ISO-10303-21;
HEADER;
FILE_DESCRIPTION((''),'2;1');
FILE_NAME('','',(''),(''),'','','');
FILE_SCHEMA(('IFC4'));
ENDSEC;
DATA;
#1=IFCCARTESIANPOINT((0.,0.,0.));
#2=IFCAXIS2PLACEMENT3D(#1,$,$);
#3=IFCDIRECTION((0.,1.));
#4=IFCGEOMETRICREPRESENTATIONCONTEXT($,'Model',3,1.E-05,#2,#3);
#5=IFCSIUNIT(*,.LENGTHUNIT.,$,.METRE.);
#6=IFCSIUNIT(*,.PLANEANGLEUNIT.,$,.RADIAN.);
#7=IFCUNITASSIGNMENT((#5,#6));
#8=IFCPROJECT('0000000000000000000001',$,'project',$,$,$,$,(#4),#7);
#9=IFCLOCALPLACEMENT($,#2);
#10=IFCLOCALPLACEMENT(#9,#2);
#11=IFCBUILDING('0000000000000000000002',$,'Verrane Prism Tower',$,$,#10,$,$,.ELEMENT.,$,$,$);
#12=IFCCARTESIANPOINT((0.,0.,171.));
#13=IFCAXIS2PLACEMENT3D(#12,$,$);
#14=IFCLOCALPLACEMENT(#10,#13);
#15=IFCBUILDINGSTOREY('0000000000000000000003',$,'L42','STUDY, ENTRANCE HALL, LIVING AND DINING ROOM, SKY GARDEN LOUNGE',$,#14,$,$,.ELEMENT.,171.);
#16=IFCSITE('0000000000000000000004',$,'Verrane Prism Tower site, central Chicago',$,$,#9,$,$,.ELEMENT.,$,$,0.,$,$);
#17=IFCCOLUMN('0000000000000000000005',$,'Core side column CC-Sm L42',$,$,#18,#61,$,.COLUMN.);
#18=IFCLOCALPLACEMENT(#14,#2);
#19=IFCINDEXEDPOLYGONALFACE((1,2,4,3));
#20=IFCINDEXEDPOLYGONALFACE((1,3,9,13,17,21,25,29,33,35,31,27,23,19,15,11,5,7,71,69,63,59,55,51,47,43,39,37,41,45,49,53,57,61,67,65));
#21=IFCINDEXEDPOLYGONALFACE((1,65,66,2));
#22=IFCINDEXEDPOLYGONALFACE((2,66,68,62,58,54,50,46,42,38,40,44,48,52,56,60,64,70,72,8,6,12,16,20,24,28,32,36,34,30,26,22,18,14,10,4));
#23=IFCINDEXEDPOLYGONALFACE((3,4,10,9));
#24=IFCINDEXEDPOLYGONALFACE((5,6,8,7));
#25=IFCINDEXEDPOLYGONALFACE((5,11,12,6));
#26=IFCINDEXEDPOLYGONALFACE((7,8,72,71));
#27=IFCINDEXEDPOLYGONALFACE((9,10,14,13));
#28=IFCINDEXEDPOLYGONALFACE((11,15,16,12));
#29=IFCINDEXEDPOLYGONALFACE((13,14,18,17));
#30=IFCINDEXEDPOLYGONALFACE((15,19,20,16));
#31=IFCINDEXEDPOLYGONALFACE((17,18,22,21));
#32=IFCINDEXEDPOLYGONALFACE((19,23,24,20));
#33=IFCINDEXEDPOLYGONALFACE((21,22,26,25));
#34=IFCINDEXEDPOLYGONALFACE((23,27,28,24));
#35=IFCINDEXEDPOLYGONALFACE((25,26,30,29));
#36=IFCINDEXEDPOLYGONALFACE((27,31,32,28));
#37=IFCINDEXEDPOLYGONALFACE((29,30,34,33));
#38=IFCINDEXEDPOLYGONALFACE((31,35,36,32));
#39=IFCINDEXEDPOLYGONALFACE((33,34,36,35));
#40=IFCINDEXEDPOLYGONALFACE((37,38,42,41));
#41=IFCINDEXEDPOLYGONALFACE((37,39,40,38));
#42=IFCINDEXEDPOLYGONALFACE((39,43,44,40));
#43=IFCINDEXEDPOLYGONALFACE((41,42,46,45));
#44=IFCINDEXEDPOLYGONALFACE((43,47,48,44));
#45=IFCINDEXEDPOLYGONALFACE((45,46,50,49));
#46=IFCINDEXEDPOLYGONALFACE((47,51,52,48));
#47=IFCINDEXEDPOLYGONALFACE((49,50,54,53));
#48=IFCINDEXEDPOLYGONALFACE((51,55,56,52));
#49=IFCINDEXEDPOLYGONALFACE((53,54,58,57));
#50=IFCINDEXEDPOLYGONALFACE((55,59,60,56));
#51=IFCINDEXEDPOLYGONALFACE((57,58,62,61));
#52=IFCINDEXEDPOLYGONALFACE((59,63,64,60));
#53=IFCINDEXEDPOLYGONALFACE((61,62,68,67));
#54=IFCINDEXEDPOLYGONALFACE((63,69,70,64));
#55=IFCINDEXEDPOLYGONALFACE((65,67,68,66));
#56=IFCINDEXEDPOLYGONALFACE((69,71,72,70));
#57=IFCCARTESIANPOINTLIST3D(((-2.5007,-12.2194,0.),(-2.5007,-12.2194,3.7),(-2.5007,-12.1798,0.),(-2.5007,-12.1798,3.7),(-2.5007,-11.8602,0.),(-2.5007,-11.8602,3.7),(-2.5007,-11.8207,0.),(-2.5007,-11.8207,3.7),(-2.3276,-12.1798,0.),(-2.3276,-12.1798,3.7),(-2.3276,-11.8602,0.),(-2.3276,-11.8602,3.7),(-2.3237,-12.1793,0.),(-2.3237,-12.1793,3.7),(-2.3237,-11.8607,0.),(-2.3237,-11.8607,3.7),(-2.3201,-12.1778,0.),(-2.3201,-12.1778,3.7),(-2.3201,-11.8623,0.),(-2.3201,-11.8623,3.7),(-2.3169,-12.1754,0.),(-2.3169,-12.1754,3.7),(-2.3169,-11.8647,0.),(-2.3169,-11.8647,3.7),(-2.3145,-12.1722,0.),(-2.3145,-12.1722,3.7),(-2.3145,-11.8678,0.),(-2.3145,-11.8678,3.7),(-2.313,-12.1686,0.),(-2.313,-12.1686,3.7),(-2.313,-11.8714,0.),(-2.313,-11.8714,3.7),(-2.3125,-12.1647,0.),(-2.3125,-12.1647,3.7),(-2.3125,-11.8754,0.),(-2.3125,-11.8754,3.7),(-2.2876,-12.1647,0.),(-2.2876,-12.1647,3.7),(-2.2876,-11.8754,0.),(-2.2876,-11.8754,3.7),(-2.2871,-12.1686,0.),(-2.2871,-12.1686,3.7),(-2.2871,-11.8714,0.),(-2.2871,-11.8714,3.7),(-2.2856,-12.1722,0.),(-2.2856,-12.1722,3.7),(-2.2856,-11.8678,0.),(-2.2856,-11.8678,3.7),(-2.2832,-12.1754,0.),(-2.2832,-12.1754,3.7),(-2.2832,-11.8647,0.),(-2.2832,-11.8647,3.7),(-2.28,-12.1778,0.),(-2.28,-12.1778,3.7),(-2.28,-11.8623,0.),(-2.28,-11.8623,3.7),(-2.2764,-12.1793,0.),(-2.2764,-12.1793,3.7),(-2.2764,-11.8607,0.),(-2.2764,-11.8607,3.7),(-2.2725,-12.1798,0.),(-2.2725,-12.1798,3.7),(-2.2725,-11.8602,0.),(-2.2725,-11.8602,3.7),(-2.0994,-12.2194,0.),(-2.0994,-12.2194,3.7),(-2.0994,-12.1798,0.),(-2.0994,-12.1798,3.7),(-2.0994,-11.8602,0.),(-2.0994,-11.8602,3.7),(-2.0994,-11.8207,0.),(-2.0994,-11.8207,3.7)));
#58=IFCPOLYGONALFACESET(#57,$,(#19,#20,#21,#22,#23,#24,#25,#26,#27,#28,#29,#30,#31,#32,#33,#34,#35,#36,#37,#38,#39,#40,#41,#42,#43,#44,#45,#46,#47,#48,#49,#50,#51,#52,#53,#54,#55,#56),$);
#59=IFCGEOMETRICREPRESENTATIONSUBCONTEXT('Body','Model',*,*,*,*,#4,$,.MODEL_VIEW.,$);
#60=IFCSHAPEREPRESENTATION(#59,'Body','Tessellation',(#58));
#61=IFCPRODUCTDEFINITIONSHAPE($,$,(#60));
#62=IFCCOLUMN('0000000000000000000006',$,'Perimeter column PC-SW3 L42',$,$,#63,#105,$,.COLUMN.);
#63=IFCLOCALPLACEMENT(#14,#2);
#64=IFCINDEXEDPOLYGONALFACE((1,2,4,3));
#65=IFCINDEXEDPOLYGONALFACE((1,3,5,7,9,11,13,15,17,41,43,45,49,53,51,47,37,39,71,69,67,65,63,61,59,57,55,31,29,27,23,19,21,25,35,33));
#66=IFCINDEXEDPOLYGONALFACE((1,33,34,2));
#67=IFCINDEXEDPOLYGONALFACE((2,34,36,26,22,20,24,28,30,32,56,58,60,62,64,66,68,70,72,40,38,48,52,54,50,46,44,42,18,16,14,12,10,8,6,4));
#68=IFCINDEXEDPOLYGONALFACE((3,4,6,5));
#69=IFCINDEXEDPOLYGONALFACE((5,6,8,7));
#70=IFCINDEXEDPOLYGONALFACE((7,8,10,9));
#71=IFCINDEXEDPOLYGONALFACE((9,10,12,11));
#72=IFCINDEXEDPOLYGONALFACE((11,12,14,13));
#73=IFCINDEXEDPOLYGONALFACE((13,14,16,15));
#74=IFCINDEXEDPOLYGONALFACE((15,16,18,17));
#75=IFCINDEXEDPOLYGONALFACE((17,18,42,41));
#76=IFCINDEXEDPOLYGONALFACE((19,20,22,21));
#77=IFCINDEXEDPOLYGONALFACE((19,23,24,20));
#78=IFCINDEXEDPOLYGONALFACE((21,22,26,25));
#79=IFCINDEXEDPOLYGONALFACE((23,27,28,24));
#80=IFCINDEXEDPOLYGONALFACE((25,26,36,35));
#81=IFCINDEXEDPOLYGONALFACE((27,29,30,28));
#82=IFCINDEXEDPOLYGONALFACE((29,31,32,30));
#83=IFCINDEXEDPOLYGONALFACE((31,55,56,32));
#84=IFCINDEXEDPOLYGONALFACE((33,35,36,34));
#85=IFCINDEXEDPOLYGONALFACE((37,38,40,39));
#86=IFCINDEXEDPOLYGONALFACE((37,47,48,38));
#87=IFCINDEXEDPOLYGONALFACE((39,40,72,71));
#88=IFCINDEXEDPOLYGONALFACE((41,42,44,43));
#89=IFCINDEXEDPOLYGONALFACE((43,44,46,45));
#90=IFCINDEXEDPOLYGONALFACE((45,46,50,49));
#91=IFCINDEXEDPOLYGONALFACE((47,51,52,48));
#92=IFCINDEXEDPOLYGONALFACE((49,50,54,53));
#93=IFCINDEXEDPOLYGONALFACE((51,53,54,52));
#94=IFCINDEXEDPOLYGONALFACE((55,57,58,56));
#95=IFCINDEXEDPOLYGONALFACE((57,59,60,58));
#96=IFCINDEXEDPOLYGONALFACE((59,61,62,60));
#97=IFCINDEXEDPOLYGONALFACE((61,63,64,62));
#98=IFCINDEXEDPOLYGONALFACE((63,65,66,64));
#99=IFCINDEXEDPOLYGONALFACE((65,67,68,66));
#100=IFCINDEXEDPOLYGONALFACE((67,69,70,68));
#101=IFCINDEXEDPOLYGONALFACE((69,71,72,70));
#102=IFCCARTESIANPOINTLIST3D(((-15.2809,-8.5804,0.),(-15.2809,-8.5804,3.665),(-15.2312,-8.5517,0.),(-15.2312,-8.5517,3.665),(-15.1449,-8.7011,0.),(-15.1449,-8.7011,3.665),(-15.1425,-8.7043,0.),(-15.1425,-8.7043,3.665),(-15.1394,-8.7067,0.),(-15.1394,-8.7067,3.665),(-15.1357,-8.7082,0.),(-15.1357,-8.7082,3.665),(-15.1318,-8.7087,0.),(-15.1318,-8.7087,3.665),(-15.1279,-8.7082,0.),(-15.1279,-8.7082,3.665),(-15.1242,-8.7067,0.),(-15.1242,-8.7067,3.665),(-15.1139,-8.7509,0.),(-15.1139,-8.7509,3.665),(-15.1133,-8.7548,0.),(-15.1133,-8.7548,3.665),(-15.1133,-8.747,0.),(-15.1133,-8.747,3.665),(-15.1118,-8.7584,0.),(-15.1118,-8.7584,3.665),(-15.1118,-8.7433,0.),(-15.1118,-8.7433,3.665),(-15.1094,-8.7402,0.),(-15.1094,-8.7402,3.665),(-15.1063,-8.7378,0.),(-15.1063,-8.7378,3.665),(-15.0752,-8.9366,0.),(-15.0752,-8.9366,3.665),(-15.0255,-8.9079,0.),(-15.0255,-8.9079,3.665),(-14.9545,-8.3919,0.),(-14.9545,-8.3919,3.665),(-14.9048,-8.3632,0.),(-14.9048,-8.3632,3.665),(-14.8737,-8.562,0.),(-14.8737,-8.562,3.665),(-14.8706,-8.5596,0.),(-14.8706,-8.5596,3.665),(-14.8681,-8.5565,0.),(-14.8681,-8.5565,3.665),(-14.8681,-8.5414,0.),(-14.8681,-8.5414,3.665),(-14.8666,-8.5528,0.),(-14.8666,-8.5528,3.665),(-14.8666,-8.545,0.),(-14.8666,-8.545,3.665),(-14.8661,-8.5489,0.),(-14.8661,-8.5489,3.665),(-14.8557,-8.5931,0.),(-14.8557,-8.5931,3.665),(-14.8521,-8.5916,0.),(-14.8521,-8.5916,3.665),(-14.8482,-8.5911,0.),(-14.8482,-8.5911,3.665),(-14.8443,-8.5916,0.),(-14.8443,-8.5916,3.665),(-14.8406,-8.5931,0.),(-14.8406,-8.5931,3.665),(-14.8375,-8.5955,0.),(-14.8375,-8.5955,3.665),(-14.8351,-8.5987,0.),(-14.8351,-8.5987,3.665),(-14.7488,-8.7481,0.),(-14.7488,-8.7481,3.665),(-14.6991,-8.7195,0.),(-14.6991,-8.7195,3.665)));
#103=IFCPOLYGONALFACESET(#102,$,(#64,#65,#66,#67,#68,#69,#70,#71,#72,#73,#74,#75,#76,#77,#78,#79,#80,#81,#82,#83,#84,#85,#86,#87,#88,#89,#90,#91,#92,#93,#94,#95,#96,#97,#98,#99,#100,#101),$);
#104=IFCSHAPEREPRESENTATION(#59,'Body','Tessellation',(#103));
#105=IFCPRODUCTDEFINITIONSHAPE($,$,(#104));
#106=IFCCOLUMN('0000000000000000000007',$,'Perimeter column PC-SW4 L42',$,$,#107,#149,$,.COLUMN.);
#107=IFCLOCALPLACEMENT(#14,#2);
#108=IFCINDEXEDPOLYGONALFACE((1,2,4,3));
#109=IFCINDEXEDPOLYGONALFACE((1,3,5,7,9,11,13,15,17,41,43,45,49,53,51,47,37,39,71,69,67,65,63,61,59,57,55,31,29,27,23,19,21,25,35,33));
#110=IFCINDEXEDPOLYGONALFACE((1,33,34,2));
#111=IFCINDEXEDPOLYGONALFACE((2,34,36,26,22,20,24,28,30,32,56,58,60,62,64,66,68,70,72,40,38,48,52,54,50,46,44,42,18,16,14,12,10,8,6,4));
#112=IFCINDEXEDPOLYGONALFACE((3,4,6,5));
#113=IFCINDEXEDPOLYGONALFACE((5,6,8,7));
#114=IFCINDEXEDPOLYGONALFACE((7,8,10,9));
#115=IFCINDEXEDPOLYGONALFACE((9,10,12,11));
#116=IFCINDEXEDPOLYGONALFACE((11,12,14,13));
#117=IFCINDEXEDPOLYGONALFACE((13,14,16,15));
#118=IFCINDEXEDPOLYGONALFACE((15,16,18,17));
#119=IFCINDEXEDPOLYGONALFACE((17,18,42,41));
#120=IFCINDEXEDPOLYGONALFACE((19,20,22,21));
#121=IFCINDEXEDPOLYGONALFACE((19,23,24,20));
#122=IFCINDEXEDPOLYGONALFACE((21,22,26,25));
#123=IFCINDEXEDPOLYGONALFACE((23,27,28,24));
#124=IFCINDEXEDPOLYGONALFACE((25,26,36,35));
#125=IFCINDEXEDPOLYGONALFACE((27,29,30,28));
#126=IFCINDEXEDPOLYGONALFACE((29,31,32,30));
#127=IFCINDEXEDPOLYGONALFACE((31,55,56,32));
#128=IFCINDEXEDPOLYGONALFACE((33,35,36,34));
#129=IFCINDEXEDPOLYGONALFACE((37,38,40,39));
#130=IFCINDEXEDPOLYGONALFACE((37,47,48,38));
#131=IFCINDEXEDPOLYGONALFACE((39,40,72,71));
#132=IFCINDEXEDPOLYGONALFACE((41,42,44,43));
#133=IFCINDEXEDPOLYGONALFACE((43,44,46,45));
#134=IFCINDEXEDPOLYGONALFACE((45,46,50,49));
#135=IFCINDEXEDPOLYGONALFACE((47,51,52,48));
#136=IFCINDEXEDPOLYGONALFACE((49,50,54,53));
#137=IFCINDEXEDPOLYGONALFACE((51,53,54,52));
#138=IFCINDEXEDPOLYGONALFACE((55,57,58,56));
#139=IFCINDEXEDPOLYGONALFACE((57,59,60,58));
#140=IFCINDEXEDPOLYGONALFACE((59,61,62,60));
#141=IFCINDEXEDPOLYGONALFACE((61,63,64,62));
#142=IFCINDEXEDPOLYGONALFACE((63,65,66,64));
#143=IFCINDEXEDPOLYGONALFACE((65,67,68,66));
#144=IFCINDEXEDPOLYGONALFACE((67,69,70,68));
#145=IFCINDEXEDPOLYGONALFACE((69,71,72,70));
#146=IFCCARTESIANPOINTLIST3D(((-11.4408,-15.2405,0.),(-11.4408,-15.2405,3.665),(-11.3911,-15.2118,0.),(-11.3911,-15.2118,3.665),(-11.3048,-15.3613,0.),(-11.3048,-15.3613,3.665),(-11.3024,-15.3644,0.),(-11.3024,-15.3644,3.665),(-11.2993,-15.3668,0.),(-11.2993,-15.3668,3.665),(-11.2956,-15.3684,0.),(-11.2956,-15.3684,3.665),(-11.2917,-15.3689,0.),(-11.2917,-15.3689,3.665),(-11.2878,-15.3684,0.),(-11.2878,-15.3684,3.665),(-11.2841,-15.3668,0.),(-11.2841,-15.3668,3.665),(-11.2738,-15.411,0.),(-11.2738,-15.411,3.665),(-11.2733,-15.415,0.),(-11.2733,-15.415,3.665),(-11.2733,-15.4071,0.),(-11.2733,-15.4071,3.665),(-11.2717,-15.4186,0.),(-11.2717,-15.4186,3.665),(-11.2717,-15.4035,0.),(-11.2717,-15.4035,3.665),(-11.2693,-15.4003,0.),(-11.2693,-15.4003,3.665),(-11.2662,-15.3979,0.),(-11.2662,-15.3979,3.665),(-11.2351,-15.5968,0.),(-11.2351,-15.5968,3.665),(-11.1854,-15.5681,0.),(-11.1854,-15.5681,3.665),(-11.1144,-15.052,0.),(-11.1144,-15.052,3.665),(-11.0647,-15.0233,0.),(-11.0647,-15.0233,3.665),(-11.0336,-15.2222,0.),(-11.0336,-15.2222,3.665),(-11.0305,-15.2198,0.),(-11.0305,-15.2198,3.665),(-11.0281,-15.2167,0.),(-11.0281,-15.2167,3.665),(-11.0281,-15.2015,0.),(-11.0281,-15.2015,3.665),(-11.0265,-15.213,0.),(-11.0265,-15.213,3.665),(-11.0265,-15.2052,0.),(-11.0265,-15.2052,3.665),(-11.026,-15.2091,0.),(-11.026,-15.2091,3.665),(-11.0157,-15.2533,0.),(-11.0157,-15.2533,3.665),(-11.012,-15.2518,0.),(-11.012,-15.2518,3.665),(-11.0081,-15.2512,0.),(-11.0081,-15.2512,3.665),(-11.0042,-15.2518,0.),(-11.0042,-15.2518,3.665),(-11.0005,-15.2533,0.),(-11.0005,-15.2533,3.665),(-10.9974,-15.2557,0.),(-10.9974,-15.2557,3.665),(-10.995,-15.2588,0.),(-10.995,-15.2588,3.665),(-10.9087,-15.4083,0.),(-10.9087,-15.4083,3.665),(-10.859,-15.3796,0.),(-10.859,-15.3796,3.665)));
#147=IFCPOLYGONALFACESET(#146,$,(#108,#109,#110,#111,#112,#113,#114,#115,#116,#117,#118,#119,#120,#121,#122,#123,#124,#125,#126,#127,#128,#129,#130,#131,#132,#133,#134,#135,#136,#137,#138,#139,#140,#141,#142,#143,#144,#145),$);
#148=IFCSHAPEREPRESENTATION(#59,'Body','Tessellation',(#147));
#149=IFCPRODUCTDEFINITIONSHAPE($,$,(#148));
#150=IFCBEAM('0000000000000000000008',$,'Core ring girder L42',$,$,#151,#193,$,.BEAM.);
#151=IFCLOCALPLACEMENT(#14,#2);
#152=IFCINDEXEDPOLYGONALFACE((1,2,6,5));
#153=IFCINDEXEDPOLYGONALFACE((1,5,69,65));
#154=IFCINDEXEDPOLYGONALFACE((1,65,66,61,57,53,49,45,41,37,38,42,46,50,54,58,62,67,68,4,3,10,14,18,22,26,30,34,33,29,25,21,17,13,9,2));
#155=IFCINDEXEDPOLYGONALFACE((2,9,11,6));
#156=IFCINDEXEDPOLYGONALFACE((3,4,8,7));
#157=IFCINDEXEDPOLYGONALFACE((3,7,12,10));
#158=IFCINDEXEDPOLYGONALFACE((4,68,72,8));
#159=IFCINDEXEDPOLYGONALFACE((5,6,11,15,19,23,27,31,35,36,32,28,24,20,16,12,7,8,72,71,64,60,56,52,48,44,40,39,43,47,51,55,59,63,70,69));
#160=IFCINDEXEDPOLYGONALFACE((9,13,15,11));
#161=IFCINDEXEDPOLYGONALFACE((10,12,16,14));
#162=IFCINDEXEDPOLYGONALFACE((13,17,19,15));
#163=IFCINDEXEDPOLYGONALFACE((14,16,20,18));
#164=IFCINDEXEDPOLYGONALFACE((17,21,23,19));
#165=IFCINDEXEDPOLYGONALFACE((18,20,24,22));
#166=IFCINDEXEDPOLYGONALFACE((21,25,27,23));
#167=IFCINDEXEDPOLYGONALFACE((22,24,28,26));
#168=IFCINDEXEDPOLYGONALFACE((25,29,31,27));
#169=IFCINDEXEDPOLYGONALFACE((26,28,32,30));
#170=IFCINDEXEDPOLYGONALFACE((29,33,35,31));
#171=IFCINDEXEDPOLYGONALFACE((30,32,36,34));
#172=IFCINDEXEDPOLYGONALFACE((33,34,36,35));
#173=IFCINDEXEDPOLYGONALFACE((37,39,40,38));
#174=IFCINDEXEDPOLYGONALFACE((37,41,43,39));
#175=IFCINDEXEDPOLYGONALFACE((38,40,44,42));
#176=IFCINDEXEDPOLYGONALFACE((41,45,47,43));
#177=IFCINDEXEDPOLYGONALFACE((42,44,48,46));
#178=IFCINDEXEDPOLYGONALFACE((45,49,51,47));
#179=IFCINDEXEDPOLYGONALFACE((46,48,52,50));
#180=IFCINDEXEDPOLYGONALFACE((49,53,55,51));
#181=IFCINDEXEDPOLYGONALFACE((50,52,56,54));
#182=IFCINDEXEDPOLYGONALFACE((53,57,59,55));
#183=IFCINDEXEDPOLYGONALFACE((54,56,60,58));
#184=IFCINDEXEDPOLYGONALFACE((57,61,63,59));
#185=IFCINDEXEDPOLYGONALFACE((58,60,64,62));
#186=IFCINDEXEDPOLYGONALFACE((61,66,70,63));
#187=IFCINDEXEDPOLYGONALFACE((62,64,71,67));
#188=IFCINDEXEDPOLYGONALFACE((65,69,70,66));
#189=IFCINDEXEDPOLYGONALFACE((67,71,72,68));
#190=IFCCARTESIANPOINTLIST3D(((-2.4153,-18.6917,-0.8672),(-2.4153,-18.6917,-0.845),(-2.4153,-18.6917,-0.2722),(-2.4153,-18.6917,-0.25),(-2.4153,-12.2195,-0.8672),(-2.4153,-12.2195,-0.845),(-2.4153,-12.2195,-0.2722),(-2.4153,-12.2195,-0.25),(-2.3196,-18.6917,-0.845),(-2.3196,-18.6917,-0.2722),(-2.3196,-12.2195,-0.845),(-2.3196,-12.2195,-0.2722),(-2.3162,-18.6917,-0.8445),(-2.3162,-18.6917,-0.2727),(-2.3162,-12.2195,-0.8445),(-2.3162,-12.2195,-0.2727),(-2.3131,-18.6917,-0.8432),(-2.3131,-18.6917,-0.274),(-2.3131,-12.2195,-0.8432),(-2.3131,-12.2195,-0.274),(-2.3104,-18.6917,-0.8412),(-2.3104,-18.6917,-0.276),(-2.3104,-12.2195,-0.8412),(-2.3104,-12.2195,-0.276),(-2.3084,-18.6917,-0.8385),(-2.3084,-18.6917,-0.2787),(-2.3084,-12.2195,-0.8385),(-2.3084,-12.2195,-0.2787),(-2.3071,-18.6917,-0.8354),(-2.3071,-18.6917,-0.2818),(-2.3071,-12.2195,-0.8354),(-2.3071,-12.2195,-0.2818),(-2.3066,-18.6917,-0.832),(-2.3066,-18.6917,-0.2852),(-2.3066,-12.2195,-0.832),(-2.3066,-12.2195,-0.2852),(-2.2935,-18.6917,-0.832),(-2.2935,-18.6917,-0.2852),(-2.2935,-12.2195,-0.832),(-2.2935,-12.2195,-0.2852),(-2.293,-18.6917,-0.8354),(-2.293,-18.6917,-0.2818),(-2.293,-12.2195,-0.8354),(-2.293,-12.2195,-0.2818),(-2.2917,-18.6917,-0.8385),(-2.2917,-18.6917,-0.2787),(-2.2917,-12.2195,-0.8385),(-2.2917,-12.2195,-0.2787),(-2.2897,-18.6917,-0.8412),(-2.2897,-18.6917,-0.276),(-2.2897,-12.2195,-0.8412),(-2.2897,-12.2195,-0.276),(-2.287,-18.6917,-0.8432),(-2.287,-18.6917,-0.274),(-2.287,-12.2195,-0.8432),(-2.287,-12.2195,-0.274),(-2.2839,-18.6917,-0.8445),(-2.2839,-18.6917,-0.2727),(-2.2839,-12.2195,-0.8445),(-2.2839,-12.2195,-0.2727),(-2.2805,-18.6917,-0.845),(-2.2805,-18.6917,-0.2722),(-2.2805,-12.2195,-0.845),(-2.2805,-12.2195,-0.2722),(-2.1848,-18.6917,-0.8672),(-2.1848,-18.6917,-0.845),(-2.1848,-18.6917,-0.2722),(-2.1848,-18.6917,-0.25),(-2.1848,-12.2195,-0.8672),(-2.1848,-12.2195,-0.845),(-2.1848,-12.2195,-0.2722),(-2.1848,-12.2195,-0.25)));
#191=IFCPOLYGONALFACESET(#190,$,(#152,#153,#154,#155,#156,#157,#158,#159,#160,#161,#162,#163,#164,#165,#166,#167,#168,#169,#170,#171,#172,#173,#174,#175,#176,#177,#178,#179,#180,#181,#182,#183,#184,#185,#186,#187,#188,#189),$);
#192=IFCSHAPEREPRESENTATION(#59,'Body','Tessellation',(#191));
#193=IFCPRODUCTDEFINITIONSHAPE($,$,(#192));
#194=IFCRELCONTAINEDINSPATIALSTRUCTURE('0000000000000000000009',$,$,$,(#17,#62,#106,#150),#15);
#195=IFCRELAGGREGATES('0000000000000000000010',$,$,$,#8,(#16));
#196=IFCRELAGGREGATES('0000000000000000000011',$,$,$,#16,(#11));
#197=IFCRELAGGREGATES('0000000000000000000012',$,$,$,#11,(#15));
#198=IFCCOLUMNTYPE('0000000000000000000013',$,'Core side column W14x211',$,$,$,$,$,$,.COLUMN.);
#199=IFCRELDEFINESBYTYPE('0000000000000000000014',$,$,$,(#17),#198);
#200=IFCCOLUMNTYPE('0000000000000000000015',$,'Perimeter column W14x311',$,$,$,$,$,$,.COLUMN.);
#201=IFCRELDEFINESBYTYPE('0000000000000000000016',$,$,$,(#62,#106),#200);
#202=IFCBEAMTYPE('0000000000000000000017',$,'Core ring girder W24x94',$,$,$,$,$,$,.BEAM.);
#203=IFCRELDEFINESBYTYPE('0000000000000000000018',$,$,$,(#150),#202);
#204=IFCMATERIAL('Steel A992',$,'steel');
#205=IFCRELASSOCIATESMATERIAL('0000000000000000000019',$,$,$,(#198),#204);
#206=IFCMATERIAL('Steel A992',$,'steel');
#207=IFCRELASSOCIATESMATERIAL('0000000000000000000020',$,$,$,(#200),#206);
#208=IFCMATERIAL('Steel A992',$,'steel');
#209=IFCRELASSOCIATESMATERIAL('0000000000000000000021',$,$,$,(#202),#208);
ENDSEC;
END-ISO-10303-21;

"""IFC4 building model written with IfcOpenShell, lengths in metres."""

from ifc_helpers import new_model, si_unit, direction, frame, origin, origin_2d, place, context, subcontext, project, spatial, i_section, extrude, material, material_profile, profile_set, type_object, element, save


model = new_model("IFC4")

# Units and contexts
model_context = context("Model", 3, precision=1e-05, world=origin(), true_north=direction((0.0, 1.0)))
body_context = subcontext(model_context, "Body", "Model", "MODEL_VIEW")
ifc_project = project(units=[si_unit("LENGTHUNIT", "METRE"), si_unit("PLANEANGLEUNIT", "RADIAN")], contexts=[model_context])

# Site, building, storey
site_placement = place(None, origin())
site = spatial("IfcSite", under=ifc_project, at=site_placement, Name="Verrane Prism Tower site, central Chicago", CompositionType="ELEMENT", RefElevation=0.0)
building_placement = place(site_placement, origin())
building = spatial("IfcBuilding", under=site, at=building_placement, Name="Verrane Prism Tower", CompositionType="ELEMENT")
storey_placement = place(building_placement, frame((0.0, 0.0, 171.0)))
storey = spatial("IfcBuildingStorey", under=building, at=storey_placement, Name="L42", Description="STUDY, ENTRANCE HALL, LIVING AND DINING ROOM, SKY GARDEN LOUNGE", CompositionType="ELEMENT", Elevation=171.0)

# Columns
ifc_material_1 = material(Name="Steel A992", Category="steel")
ifc_material_profile_1 = material_profile(ifc_material_1, i_section(OverallWidth=0.4014, OverallDepth=0.3987, WebThickness=0.0249, FlangeThickness=0.0396, FilletRadius=0.0151, at=origin_2d()), Name="W14x211")
ifc_profile_set_1 = profile_set([ifc_material_profile_1], Name="Steel A992")
column_type_1 = type_object("IfcColumnType", Name="Core side column W14x211", PredefinedType="COLUMN", material=ifc_profile_set_1)
column_placement = place(storey_placement, frame((-2.3, -12.02, 0.0), z_axis=(0.0, 0.0, 1.0), x_axis=(1.0, 0.0, 0.0)))
element("IfcColumn", 1, at=column_placement, inside=storey, type_object=column_type_1, Name="Core side column CC-Sm L42", PredefinedType="COLUMN", context=body_context, shape_type="SweptSolid", body=[
    extrude(i_section(OverallWidth=0.4014, OverallDepth=0.3987, WebThickness=0.0249, FlangeThickness=0.0396, FilletRadius=0.0151, at=origin_2d()), origin(), (0.0, 0.0, 1.0), 3.7),
])
ifc_material_2 = material(Name="Steel A992", Category="steel")
ifc_material_profile_2 = material_profile(ifc_material_2, i_section(OverallWidth=0.4114, OverallDepth=0.4343, WebThickness=0.0359, FlangeThickness=0.0574, FilletRadius=0.0151, at=origin_2d()), Name="W14x311")
ifc_profile_set_2 = profile_set([ifc_material_profile_2], Name="Steel A992")
column_type_2 = type_object("IfcColumnType", Name="Perimeter column W14x311", PredefinedType="COLUMN", material=ifc_profile_set_2)
for number, where, z_axis, x_axis, name in (
    (2, (-14.99, -8.6499, 0.0), (0.0, 0.0, 1.0), (-0.5, 0.866025, 0.0), "Perimeter column PC-SW3 L42"),
    (3, (-11.1499, -15.3101, 0.0), (0.0, 0.0, 1.0), (-0.5, 0.866025, 0.0), "Perimeter column PC-SW4 L42"),
):
    element("IfcColumn", number, at=place(storey_placement, frame(where, z_axis=z_axis, x_axis=x_axis)), inside=storey, type_object=column_type_2, Name=name, PredefinedType="COLUMN", context=body_context, shape_type="SweptSolid", body=[
        extrude(i_section(OverallWidth=0.4114, OverallDepth=0.4343, WebThickness=0.0359, FlangeThickness=0.0574, FilletRadius=0.0151, at=origin_2d()), origin(), (0.0, 0.0, 1.0), 3.665),
    ])

# Beam
ifc_material_3 = material(Name="Steel A992", Category="steel")
ifc_material_profile_3 = material_profile(ifc_material_3, i_section(OverallWidth=0.2305, OverallDepth=0.6172, WebThickness=0.0132, FlangeThickness=0.0222, FilletRadius=0.0129, at=origin_2d()), Name="W24x94")
ifc_profile_set_3 = profile_set([ifc_material_profile_3], Name="Steel A992")
beam_type_1 = type_object("IfcBeamType", Name="Core ring girder W24x94", PredefinedType="BEAM", material=ifc_profile_set_3)
beam_1_placement = place(storey_placement, frame((-2.3, -12.2195, -0.5586), z_axis=(0.0, -1.0, 0.0), x_axis=(1.0, 0.0, 0.0)))
element("IfcBeam", 4, at=beam_1_placement, inside=storey, type_object=beam_type_1, Name="Core ring girder L42", PredefinedType="BEAM", context=body_context, shape_type="SweptSolid", body=[
    extrude(i_section(OverallWidth=0.2305, OverallDepth=0.6172, WebThickness=0.0132, FlangeThickness=0.0222, FilletRadius=0.0129, at=origin_2d()), origin(), (0.0, 0.0, 1.0), 6.4722),
])

save(model, "model.ifc")
